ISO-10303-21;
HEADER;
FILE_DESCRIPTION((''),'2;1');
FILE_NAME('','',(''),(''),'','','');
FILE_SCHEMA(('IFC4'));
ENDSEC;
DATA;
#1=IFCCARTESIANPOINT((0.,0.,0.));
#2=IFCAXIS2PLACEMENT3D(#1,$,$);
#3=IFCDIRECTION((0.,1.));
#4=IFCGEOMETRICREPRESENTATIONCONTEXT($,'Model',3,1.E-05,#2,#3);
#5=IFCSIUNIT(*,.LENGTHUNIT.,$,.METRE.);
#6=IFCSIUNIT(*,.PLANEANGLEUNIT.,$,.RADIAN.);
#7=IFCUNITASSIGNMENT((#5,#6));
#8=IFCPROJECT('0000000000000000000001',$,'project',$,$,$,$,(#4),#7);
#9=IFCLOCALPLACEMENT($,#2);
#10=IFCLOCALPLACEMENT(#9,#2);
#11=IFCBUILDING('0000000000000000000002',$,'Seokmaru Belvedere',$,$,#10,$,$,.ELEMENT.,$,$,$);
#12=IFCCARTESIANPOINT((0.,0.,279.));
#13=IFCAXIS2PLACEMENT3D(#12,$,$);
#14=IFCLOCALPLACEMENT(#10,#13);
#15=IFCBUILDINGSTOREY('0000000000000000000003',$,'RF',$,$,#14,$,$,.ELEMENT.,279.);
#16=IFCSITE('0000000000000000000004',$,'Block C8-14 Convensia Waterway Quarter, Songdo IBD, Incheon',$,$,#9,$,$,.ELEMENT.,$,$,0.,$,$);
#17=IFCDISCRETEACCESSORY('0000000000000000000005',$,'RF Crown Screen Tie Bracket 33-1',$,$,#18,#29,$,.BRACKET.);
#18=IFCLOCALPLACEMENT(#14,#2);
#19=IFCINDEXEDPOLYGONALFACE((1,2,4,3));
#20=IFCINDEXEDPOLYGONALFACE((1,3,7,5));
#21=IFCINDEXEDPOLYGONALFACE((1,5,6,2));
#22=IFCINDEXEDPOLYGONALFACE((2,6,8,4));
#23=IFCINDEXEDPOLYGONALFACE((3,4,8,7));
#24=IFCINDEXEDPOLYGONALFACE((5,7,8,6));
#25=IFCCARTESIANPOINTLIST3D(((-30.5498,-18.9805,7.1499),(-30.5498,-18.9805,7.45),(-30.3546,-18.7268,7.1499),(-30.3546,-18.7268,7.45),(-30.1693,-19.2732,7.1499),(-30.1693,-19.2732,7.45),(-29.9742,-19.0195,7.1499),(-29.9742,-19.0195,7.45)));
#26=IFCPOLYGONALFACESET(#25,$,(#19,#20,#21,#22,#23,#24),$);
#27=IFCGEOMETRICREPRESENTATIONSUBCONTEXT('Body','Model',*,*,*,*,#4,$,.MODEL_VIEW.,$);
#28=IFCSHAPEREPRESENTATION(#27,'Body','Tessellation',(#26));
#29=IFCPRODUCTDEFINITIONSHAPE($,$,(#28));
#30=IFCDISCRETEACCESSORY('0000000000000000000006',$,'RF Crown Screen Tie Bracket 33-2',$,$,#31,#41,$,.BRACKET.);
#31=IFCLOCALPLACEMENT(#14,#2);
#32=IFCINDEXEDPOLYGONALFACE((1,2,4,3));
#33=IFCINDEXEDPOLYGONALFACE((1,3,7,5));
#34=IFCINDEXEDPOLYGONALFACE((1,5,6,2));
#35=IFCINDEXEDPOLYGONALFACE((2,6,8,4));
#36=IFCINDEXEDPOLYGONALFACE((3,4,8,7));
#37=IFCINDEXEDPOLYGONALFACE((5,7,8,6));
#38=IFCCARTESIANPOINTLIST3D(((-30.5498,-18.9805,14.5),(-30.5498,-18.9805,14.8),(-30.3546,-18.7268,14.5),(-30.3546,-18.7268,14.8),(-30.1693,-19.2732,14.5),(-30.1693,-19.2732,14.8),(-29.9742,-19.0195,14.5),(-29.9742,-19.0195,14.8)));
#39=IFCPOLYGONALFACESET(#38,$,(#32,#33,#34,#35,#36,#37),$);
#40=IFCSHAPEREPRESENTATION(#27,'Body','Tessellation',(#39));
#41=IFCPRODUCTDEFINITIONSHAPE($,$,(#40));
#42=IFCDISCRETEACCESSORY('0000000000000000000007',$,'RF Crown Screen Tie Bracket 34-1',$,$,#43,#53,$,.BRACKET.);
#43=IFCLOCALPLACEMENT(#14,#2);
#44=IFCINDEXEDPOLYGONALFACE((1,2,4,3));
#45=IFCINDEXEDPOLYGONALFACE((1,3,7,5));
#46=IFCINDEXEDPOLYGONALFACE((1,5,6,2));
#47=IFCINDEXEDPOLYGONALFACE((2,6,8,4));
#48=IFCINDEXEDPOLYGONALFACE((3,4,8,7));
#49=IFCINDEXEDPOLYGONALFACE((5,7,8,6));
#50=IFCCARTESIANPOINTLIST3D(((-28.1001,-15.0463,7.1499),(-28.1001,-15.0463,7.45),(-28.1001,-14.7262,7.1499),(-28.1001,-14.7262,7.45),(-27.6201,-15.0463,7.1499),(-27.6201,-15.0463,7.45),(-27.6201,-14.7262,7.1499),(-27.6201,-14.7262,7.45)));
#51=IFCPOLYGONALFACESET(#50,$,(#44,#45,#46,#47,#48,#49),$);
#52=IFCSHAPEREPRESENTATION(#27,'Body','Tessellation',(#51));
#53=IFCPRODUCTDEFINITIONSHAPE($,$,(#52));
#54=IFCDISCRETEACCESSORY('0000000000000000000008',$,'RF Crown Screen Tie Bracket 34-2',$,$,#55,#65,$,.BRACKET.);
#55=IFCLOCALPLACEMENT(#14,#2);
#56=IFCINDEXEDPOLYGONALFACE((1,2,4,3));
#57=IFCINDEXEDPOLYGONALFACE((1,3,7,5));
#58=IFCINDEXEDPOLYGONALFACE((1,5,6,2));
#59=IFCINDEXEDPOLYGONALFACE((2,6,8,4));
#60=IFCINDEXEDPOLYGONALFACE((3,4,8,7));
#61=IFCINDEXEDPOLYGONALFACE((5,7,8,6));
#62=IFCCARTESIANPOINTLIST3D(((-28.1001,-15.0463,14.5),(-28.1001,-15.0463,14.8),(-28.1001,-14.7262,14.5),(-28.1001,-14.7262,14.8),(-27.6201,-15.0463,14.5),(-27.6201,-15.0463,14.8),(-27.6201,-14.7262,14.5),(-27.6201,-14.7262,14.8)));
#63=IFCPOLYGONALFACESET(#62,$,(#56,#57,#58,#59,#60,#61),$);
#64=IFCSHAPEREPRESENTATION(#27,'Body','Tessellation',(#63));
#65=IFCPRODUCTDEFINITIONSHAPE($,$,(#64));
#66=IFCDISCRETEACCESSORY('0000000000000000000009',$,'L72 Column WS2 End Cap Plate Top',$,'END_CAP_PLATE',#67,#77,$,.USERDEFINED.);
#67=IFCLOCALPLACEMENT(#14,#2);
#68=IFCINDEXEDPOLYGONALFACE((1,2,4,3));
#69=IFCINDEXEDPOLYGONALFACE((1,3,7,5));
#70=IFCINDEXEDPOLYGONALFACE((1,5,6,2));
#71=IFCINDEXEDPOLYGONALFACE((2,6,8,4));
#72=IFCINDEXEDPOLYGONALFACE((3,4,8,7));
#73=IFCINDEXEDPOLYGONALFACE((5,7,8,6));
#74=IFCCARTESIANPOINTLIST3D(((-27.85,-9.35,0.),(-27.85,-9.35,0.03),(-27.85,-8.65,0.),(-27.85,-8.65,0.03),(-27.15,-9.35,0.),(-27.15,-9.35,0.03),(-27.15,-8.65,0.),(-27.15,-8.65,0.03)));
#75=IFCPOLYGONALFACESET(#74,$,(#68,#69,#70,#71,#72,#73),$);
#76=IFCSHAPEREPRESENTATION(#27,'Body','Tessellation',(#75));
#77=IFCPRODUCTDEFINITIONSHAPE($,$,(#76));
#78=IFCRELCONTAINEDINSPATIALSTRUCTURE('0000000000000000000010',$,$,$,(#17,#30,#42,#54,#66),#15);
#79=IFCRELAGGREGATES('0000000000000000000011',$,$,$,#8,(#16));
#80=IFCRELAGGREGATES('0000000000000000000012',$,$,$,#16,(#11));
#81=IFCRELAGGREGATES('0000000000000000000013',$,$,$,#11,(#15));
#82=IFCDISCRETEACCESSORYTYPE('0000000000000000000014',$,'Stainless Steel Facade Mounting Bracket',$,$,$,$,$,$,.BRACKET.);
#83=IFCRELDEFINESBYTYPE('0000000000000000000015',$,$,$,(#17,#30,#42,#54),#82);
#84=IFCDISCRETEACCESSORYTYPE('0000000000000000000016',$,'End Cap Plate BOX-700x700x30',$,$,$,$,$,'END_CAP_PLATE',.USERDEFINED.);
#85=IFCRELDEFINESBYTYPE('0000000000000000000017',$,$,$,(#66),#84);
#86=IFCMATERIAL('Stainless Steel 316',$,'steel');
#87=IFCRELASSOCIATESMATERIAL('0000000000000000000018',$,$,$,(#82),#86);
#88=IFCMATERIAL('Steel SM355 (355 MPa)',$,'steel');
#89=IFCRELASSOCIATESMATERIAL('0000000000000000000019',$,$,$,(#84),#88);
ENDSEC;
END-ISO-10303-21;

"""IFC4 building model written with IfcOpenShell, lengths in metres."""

from ifc_helpers import new_model, si_unit, direction, frame, origin, origin_2d, place, context, subcontext, project, spatial, rectangle, extrude, source, transform, mapped, material, type_object, type_shapes, element, save


model = new_model("IFC4")

# Units and contexts
model_context = context("Model", 3, precision=1e-05, world=origin(), true_north=direction((0.0, 1.0)))
body_context = subcontext(model_context, "Body", "Model", "MODEL_VIEW")
ifc_project = project(units=[si_unit("LENGTHUNIT", "METRE"), si_unit("PLANEANGLEUNIT", "RADIAN")], contexts=[model_context])

# Site, building, storey
site_placement = place(None, origin())
site = spatial("IfcSite", under=ifc_project, at=site_placement, Name="Block C8-14 Convensia Waterway Quarter, Songdo IBD, Incheon", CompositionType="ELEMENT", RefElevation=0.0)
building_placement = place(site_placement, origin())
building = spatial("IfcBuilding", under=site, at=building_placement, Name="Seokmaru Belvedere", CompositionType="ELEMENT")
storey_placement = place(building_placement, frame((0.0, 0.0, 279.0)))
storey = spatial("IfcBuildingStorey", under=building, at=storey_placement, Name="RF", CompositionType="ELEMENT", Elevation=279.0)

# Shared definitions
ifc_material_1 = material(Name="Steel SM355 (355 MPa)", Category="steel")

# Discrete accessories
ifc_material_2 = material(Name="Stainless Steel 316", Category="steel")
discrete_accessory_type_1 = type_object("IfcDiscreteAccessoryType", Name="Stainless Steel Facade Mounting Bracket", PredefinedType="BRACKET", material=ifc_material_2)
shared_shape_1 = source(origin(), body_context, "Body", "SweptSolid", [
    extrude(rectangle(XDim=0.3201, YDim=0.48, at=origin_2d()), origin(), (0.0, 0.0, 1.0), 0.3),
])
type_shapes(discrete_accessory_type_1, [shared_shape_1])
for number, where, z_axis, x_axis, name in (
    (1, (-30.262, -19.0, 7.1499), (0.0, 0.0, 1.0), (0.609709, 0.792625, 0.0), "RF Crown Screen Tie Bracket 33-1"),
    (2, (-30.262, -19.0, 14.5), (0.0, 0.0, 1.0), (0.609709, 0.792625, 0.0), "RF Crown Screen Tie Bracket 33-2"),
    (3, (-27.8601, -14.8862, 7.1499), (0.0, 0.0, 1.0), (0.0, 1.0, 0.0), "RF Crown Screen Tie Bracket 34-1"),
    (4, (-27.8601, -14.8862, 14.5), (0.0, 0.0, 1.0), (0.0, 1.0, 0.0), "RF Crown Screen Tie Bracket 34-2"),
):
    element("IfcDiscreteAccessory", number, at=place(storey_placement, frame(where, z_axis=z_axis, x_axis=x_axis)), inside=storey, type_object=discrete_accessory_type_1, Name=name, PredefinedType="BRACKET", context=body_context, shape_type="MappedRepresentation", body=[
        mapped(shared_shape_1, transform((0.0, 0.0, 0.0), scale=1.0)),
    ])
discrete_accessory_type_2 = type_object("IfcDiscreteAccessoryType", Name="End Cap Plate BOX-700x700x30", ElementType="END_CAP_PLATE", PredefinedType="USERDEFINED", material=ifc_material_1)
shared_shape_2 = source(origin(), body_context, "Body", "SweptSolid", [
    extrude(rectangle(XDim=0.7, YDim=0.7, at=origin_2d()), origin(), (0.0, 0.0, 1.0), 0.03),
])
type_shapes(discrete_accessory_type_2, [shared_shape_2])
discrete_accessory_placement = place(storey_placement, frame((-27.5, -9.0, 0.0), z_axis=(0.0, 0.0, 1.0), x_axis=(1.0, 0.0, 0.0)))
element("IfcDiscreteAccessory", 5, at=discrete_accessory_placement, inside=storey, type_object=discrete_accessory_type_2, Name="L72 Column WS2 End Cap Plate Top", ObjectType="END_CAP_PLATE", PredefinedType="USERDEFINED", context=body_context, shape_type="MappedRepresentation", body=[
    mapped(shared_shape_2, transform((0.0, 0.0, 0.0), scale=1.0)),
])

save(model, "model.ifc")
